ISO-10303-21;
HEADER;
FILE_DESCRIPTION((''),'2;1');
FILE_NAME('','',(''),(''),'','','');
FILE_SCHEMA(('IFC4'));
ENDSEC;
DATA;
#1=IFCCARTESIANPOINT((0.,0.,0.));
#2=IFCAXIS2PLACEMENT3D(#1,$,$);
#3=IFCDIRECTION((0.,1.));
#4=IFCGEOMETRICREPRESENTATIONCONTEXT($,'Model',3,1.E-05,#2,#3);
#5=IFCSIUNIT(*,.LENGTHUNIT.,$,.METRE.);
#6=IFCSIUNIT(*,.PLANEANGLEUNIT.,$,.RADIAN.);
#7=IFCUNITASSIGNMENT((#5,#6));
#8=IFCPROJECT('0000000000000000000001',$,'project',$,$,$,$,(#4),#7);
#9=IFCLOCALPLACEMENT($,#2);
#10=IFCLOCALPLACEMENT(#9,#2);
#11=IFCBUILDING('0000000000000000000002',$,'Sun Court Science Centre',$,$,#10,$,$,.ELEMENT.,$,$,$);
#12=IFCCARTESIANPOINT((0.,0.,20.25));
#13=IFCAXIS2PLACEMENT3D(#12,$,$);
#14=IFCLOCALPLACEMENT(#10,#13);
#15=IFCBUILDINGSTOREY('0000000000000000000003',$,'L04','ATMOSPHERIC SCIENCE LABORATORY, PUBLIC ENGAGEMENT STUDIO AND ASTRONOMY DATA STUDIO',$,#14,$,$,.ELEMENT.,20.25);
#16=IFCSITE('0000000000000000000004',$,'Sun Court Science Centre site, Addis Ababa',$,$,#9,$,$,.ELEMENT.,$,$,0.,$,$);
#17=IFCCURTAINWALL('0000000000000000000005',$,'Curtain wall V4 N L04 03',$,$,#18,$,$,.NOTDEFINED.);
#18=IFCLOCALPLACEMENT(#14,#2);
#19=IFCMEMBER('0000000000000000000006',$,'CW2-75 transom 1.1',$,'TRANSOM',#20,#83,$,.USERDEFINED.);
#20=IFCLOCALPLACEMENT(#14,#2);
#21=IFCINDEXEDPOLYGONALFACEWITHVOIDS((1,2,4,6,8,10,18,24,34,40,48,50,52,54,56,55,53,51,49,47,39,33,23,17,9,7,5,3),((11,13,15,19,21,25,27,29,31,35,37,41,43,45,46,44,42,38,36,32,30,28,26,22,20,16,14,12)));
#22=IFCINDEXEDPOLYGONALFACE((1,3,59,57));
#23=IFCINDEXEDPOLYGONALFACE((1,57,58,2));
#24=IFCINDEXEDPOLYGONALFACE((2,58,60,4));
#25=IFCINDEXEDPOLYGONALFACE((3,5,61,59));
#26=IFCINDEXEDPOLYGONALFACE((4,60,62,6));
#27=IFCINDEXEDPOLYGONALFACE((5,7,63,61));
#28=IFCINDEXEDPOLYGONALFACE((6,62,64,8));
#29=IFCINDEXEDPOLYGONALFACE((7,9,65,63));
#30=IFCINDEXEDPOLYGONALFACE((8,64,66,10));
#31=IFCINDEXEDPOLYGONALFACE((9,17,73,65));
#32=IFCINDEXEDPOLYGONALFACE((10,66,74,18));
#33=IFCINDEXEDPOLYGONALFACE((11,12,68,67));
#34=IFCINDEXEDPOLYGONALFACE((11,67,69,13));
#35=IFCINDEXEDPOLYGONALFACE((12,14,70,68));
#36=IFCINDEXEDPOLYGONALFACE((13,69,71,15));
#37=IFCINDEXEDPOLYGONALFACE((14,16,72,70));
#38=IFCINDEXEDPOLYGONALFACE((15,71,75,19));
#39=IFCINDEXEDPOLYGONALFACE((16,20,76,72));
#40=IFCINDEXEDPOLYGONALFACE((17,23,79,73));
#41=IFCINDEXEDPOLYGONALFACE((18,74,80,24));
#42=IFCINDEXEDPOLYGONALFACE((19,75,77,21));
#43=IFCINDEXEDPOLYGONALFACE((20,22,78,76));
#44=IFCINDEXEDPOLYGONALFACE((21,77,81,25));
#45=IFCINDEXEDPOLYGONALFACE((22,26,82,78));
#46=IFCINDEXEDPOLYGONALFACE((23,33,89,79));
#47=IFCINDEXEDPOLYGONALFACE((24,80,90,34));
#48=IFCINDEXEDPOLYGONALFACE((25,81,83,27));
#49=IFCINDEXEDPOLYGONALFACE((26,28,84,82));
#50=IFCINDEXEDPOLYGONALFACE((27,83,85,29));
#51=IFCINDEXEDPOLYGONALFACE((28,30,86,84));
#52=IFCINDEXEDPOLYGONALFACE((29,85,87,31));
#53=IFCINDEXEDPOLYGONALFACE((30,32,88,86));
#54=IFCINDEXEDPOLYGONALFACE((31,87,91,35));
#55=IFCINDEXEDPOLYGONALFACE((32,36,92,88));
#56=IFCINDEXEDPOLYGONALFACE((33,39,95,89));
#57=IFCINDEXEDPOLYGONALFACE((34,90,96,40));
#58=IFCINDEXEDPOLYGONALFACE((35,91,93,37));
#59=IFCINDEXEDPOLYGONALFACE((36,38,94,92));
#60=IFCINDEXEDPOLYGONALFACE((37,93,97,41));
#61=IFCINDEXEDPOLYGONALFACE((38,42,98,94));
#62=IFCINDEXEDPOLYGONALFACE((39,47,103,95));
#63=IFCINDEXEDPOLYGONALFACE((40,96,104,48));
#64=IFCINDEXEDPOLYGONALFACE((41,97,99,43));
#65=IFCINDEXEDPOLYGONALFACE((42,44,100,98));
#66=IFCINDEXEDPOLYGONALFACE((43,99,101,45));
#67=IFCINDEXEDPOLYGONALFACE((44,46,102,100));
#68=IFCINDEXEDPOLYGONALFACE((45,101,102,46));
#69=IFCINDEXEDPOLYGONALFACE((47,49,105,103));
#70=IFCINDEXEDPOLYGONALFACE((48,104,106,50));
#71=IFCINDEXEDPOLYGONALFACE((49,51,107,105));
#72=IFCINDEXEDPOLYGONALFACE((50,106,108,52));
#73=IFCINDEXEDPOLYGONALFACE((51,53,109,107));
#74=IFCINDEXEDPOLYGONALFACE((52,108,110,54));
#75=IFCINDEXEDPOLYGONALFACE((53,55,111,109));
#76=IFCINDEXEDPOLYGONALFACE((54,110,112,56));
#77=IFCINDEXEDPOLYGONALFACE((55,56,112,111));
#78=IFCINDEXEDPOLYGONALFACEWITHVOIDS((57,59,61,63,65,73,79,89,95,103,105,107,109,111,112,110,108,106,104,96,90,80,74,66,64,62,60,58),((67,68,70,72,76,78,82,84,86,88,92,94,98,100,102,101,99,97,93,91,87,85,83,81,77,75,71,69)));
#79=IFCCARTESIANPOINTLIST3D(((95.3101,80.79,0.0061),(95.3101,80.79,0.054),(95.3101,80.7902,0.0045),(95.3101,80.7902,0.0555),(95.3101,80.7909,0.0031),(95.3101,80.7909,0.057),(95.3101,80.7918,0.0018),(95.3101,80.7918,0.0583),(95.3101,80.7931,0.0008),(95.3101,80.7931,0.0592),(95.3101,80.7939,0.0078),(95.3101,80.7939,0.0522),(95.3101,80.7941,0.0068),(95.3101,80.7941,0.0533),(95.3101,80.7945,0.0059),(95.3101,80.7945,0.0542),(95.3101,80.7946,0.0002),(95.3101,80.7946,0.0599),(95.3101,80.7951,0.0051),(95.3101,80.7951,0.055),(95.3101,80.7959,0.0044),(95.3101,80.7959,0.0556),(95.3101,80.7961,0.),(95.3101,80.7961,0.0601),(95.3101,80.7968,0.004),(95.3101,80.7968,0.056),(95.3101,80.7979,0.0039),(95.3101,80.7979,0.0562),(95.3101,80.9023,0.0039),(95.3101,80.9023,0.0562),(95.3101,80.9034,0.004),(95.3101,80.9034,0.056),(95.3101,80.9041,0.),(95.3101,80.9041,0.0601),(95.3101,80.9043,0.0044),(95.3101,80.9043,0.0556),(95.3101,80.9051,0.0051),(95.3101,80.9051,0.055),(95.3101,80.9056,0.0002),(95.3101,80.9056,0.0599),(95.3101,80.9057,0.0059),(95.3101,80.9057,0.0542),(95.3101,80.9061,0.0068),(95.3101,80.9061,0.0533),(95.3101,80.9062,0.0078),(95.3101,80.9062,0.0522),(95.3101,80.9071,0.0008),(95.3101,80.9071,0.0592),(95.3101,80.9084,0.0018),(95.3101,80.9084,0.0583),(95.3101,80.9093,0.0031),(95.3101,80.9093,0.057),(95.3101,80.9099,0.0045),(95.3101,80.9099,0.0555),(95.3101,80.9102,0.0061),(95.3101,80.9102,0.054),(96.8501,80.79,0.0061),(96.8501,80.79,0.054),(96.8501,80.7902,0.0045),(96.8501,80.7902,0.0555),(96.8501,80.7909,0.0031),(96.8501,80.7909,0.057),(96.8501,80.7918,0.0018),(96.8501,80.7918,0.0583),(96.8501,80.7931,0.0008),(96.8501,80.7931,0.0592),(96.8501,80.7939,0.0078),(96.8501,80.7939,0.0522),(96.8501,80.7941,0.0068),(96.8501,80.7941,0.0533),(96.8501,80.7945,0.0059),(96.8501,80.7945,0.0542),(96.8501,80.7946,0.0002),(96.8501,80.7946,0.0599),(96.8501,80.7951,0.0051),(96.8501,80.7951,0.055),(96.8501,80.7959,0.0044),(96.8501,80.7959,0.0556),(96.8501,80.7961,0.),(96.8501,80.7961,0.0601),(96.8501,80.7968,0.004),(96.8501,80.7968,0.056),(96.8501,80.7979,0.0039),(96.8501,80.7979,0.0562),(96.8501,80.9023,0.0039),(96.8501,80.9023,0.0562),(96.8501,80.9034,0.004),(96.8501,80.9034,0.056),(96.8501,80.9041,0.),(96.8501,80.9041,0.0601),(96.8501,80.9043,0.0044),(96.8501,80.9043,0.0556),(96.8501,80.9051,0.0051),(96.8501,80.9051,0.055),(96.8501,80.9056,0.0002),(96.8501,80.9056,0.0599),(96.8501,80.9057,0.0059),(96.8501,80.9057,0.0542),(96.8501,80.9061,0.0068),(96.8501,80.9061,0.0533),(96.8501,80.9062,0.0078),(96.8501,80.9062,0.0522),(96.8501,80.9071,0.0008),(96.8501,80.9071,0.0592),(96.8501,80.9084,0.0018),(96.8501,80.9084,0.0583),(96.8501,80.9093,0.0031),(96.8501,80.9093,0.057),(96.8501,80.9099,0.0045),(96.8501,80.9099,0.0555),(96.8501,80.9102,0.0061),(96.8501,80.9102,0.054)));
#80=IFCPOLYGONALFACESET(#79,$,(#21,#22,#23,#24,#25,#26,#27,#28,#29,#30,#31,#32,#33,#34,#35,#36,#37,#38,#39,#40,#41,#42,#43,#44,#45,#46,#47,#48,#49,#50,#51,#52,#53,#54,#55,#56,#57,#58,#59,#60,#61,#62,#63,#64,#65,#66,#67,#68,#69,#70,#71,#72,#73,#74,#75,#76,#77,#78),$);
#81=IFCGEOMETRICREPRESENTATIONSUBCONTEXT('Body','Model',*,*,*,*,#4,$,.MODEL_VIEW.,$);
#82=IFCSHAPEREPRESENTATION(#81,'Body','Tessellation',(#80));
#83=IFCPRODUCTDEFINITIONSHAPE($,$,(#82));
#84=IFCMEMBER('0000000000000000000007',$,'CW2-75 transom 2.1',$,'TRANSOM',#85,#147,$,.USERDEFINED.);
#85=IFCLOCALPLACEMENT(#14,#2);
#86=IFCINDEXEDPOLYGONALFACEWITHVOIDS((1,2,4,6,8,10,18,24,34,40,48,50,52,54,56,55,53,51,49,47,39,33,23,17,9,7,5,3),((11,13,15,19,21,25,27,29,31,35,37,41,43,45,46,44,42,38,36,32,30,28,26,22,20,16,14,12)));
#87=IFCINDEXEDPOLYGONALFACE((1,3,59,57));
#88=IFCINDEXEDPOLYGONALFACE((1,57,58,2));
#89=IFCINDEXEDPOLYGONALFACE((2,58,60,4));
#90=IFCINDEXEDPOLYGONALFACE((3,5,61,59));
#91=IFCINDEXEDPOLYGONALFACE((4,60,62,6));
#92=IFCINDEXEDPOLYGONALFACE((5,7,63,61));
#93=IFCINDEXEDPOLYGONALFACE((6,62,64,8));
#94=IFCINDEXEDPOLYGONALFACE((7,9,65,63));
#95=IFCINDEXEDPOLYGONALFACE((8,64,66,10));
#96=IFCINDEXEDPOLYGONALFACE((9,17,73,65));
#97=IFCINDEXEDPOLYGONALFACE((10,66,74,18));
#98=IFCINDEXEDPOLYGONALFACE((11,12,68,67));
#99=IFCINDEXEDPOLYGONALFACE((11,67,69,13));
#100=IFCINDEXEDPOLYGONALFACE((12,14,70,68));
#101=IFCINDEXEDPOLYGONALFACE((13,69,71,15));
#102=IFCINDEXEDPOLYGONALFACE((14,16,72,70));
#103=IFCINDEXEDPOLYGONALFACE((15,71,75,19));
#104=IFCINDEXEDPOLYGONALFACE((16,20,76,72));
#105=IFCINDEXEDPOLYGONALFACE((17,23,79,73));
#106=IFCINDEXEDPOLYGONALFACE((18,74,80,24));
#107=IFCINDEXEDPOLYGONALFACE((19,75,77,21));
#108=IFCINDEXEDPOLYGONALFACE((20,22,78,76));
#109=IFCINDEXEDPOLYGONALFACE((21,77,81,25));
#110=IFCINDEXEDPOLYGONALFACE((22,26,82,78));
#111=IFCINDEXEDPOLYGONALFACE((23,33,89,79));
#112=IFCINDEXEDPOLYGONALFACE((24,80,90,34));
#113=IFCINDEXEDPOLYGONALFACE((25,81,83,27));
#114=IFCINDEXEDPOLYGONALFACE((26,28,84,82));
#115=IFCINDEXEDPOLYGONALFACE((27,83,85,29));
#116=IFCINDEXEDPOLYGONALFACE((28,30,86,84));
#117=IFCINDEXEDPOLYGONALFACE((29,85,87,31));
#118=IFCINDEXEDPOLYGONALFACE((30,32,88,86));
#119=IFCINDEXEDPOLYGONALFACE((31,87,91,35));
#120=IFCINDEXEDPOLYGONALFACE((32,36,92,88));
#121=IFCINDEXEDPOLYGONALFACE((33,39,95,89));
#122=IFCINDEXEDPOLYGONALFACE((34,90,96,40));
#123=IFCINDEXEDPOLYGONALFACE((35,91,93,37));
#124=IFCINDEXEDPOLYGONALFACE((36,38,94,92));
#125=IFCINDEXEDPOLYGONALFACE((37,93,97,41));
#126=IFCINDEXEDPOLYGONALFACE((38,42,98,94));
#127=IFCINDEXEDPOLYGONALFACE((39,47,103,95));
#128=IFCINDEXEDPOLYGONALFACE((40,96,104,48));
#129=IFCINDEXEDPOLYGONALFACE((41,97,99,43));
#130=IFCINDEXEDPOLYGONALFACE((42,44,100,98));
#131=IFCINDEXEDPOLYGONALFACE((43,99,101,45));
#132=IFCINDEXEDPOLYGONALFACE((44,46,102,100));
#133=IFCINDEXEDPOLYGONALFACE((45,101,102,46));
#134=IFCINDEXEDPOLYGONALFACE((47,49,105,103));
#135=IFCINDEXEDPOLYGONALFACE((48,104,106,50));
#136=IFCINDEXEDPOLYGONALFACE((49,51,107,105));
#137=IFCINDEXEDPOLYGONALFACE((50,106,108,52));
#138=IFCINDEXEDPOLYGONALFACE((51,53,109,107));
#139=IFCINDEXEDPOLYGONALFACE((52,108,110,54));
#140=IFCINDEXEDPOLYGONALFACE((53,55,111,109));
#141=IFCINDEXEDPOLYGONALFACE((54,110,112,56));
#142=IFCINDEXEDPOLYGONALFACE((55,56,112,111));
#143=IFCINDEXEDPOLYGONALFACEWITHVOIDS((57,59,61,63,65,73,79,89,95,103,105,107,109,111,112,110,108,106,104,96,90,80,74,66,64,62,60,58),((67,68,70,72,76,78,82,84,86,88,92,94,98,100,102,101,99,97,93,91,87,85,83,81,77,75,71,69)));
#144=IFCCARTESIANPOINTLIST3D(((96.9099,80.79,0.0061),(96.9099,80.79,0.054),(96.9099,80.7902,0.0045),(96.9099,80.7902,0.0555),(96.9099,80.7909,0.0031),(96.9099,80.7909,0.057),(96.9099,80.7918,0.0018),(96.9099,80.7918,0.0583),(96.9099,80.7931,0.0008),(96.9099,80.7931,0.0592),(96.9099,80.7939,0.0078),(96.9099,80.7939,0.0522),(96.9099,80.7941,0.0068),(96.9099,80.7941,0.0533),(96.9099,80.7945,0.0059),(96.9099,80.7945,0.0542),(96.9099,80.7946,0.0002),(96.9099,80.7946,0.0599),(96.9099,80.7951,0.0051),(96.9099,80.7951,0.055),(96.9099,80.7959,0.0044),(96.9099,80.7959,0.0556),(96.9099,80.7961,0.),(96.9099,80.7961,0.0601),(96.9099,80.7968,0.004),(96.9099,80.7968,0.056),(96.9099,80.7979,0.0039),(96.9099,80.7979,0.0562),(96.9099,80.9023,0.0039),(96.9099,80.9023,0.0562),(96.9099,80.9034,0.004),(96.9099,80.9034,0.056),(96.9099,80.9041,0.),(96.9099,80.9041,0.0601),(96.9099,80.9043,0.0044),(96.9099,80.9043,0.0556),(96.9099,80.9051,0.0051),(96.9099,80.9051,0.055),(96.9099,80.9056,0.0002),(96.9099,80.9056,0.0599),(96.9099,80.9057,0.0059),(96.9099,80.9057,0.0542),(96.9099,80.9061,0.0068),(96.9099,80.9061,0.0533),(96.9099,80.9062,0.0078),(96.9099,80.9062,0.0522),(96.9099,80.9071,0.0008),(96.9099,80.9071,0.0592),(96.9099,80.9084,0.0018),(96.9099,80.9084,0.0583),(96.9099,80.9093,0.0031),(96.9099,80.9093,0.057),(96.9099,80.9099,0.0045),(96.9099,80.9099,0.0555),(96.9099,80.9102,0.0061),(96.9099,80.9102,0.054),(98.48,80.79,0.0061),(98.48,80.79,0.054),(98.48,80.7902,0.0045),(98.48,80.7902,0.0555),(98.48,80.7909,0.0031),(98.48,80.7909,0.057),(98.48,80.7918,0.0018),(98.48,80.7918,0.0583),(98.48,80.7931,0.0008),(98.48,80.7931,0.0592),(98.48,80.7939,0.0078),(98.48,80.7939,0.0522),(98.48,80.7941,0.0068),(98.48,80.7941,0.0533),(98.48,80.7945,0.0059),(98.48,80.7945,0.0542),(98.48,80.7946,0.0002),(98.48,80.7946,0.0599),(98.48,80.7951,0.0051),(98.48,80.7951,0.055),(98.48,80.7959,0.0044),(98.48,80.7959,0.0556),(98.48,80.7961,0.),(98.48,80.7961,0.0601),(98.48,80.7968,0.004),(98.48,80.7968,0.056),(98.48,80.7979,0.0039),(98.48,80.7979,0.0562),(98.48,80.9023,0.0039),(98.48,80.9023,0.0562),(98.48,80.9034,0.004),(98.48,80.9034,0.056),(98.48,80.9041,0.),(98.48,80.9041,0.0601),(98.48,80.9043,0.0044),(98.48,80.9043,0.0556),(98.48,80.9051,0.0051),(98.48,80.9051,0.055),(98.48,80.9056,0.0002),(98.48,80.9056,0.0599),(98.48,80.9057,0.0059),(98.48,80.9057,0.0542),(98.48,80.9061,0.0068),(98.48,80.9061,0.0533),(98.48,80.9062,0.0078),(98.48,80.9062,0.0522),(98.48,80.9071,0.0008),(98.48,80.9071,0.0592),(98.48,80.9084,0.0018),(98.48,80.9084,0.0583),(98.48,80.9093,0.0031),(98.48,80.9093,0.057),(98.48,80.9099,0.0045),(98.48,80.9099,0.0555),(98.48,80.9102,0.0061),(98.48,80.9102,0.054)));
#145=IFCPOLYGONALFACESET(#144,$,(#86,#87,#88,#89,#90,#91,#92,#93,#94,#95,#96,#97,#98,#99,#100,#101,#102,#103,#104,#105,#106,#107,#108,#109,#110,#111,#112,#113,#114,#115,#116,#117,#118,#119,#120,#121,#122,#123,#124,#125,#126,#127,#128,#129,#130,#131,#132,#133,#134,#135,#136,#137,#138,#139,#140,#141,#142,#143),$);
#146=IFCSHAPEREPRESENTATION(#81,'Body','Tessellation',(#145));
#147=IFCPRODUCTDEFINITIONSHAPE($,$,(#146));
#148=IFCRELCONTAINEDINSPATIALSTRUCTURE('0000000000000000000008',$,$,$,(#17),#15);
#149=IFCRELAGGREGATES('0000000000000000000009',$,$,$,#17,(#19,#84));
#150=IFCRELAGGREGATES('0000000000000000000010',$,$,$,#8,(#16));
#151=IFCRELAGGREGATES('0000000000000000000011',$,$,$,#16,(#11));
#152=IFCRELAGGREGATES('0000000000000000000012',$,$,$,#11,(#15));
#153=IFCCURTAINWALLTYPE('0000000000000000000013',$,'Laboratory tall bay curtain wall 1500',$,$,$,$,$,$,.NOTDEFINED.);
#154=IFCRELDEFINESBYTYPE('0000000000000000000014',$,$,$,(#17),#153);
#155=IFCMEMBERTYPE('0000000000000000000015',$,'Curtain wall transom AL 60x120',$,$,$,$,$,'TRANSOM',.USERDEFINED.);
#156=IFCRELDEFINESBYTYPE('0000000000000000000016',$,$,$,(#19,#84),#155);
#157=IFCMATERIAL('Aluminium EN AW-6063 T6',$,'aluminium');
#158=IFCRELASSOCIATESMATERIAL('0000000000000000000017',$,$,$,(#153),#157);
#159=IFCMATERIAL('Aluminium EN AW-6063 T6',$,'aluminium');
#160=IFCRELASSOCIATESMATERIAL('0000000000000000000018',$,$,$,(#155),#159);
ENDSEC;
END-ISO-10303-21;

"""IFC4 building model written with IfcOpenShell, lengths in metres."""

from ifc_helpers import new_model, si_unit, direction, frame, origin, origin_2d, place, context, subcontext, project, spatial, hollow_rectangle, extrude, material, material_profile, profile_set, type_object, element, aggregate, save


model = new_model("IFC4")

# Units and contexts
model_context = context("Model", 3, precision=1e-05, world=origin(), true_north=direction((0.0, 1.0)))
body_context = subcontext(model_context, "Body", "Model", "MODEL_VIEW")
ifc_project = project(units=[si_unit("LENGTHUNIT", "METRE"), si_unit("PLANEANGLEUNIT", "RADIAN")], contexts=[model_context])

# Site, building, storey
site_placement = place(None, origin())
site = spatial("IfcSite", under=ifc_project, at=site_placement, Name="Sun Court Science Centre site, Addis Ababa", CompositionType="ELEMENT", RefElevation=0.0)
building_placement = place(site_placement, origin())
building = spatial("IfcBuilding", under=site, at=building_placement, Name="Sun Court Science Centre", CompositionType="ELEMENT")
storey_placement = place(building_placement, frame((0.0, 0.0, 20.25)))
storey = spatial("IfcBuildingStorey", under=building, at=storey_placement, Name="L04", Description="ATMOSPHERIC SCIENCE LABORATORY, PUBLIC ENGAGEMENT STUDIO AND ASTRONOMY DATA STUDIO", CompositionType="ELEMENT", Elevation=20.25)

# Curtain wall, members
ifc_material_1 = material(Name="Aluminium EN AW-6063 T6", Category="aluminium")
curtain_wall_type = type_object("IfcCurtainWallType", Name="Laboratory tall bay curtain wall 1500", PredefinedType="NOTDEFINED", material=ifc_material_1)
curtain_wall_placement = place(storey_placement, origin())
curtain_wall = element("IfcCurtainWall", 1, at=curtain_wall_placement, inside=storey, type_object=curtain_wall_type, Name="Curtain wall V4 N L04 03", PredefinedType="NOTDEFINED")
ifc_material_2 = material(Name="Aluminium EN AW-6063 T6", Category="aluminium")
ifc_material_profile_1 = material_profile(ifc_material_2, hollow_rectangle(XDim=0.0601, YDim=0.1201, WallThickness=0.0039, InnerFilletRadius=0.0039, OuterFilletRadius=0.0061, at=origin_2d()), Name="AL 60x120x4")
ifc_profile_set_1 = profile_set([ifc_material_profile_1], Name="Aluminium EN AW-6063 T6")
member_type_1 = type_object("IfcMemberType", Name="Curtain wall transom AL 60x120", ElementType="TRANSOM", PredefinedType="USERDEFINED", material=ifc_profile_set_1)
member_1_placement = place(storey_placement, frame((95.3101, 80.8501, 0.03), z_axis=(1.0, 0.0, 0.0), x_axis=(0.0, 0.0, 1.0)))
member_1 = element("IfcMember", 2, at=member_1_placement, type_object=member_type_1, Name="CW2-75 transom 1.1", ObjectType="TRANSOM", PredefinedType="USERDEFINED", context=body_context, shape_type="SweptSolid", body=[
    extrude(hollow_rectangle(XDim=0.0601, YDim=0.1201, WallThickness=0.0039, InnerFilletRadius=0.0039, OuterFilletRadius=0.0061, at=origin_2d()), origin(), (0.0, 0.0, 1.0), 1.54),
])
member_2_placement = place(storey_placement, frame((96.9099, 80.8501, 0.03), z_axis=(1.0, 0.0, 0.0), x_axis=(0.0, 0.0, 1.0)))
member_2 = element("IfcMember", 3, at=member_2_placement, type_object=member_type_1, Name="CW2-75 transom 2.1", ObjectType="TRANSOM", PredefinedType="USERDEFINED", context=body_context, shape_type="SweptSolid", body=[
    extrude(hollow_rectangle(XDim=0.0601, YDim=0.1201, WallThickness=0.0039, InnerFilletRadius=0.0039, OuterFilletRadius=0.0061, at=origin_2d()), origin(), (0.0, 0.0, 1.0), 1.5701),
])

aggregate(curtain_wall, [member_1, member_2])

save(model, "model.ifc")
